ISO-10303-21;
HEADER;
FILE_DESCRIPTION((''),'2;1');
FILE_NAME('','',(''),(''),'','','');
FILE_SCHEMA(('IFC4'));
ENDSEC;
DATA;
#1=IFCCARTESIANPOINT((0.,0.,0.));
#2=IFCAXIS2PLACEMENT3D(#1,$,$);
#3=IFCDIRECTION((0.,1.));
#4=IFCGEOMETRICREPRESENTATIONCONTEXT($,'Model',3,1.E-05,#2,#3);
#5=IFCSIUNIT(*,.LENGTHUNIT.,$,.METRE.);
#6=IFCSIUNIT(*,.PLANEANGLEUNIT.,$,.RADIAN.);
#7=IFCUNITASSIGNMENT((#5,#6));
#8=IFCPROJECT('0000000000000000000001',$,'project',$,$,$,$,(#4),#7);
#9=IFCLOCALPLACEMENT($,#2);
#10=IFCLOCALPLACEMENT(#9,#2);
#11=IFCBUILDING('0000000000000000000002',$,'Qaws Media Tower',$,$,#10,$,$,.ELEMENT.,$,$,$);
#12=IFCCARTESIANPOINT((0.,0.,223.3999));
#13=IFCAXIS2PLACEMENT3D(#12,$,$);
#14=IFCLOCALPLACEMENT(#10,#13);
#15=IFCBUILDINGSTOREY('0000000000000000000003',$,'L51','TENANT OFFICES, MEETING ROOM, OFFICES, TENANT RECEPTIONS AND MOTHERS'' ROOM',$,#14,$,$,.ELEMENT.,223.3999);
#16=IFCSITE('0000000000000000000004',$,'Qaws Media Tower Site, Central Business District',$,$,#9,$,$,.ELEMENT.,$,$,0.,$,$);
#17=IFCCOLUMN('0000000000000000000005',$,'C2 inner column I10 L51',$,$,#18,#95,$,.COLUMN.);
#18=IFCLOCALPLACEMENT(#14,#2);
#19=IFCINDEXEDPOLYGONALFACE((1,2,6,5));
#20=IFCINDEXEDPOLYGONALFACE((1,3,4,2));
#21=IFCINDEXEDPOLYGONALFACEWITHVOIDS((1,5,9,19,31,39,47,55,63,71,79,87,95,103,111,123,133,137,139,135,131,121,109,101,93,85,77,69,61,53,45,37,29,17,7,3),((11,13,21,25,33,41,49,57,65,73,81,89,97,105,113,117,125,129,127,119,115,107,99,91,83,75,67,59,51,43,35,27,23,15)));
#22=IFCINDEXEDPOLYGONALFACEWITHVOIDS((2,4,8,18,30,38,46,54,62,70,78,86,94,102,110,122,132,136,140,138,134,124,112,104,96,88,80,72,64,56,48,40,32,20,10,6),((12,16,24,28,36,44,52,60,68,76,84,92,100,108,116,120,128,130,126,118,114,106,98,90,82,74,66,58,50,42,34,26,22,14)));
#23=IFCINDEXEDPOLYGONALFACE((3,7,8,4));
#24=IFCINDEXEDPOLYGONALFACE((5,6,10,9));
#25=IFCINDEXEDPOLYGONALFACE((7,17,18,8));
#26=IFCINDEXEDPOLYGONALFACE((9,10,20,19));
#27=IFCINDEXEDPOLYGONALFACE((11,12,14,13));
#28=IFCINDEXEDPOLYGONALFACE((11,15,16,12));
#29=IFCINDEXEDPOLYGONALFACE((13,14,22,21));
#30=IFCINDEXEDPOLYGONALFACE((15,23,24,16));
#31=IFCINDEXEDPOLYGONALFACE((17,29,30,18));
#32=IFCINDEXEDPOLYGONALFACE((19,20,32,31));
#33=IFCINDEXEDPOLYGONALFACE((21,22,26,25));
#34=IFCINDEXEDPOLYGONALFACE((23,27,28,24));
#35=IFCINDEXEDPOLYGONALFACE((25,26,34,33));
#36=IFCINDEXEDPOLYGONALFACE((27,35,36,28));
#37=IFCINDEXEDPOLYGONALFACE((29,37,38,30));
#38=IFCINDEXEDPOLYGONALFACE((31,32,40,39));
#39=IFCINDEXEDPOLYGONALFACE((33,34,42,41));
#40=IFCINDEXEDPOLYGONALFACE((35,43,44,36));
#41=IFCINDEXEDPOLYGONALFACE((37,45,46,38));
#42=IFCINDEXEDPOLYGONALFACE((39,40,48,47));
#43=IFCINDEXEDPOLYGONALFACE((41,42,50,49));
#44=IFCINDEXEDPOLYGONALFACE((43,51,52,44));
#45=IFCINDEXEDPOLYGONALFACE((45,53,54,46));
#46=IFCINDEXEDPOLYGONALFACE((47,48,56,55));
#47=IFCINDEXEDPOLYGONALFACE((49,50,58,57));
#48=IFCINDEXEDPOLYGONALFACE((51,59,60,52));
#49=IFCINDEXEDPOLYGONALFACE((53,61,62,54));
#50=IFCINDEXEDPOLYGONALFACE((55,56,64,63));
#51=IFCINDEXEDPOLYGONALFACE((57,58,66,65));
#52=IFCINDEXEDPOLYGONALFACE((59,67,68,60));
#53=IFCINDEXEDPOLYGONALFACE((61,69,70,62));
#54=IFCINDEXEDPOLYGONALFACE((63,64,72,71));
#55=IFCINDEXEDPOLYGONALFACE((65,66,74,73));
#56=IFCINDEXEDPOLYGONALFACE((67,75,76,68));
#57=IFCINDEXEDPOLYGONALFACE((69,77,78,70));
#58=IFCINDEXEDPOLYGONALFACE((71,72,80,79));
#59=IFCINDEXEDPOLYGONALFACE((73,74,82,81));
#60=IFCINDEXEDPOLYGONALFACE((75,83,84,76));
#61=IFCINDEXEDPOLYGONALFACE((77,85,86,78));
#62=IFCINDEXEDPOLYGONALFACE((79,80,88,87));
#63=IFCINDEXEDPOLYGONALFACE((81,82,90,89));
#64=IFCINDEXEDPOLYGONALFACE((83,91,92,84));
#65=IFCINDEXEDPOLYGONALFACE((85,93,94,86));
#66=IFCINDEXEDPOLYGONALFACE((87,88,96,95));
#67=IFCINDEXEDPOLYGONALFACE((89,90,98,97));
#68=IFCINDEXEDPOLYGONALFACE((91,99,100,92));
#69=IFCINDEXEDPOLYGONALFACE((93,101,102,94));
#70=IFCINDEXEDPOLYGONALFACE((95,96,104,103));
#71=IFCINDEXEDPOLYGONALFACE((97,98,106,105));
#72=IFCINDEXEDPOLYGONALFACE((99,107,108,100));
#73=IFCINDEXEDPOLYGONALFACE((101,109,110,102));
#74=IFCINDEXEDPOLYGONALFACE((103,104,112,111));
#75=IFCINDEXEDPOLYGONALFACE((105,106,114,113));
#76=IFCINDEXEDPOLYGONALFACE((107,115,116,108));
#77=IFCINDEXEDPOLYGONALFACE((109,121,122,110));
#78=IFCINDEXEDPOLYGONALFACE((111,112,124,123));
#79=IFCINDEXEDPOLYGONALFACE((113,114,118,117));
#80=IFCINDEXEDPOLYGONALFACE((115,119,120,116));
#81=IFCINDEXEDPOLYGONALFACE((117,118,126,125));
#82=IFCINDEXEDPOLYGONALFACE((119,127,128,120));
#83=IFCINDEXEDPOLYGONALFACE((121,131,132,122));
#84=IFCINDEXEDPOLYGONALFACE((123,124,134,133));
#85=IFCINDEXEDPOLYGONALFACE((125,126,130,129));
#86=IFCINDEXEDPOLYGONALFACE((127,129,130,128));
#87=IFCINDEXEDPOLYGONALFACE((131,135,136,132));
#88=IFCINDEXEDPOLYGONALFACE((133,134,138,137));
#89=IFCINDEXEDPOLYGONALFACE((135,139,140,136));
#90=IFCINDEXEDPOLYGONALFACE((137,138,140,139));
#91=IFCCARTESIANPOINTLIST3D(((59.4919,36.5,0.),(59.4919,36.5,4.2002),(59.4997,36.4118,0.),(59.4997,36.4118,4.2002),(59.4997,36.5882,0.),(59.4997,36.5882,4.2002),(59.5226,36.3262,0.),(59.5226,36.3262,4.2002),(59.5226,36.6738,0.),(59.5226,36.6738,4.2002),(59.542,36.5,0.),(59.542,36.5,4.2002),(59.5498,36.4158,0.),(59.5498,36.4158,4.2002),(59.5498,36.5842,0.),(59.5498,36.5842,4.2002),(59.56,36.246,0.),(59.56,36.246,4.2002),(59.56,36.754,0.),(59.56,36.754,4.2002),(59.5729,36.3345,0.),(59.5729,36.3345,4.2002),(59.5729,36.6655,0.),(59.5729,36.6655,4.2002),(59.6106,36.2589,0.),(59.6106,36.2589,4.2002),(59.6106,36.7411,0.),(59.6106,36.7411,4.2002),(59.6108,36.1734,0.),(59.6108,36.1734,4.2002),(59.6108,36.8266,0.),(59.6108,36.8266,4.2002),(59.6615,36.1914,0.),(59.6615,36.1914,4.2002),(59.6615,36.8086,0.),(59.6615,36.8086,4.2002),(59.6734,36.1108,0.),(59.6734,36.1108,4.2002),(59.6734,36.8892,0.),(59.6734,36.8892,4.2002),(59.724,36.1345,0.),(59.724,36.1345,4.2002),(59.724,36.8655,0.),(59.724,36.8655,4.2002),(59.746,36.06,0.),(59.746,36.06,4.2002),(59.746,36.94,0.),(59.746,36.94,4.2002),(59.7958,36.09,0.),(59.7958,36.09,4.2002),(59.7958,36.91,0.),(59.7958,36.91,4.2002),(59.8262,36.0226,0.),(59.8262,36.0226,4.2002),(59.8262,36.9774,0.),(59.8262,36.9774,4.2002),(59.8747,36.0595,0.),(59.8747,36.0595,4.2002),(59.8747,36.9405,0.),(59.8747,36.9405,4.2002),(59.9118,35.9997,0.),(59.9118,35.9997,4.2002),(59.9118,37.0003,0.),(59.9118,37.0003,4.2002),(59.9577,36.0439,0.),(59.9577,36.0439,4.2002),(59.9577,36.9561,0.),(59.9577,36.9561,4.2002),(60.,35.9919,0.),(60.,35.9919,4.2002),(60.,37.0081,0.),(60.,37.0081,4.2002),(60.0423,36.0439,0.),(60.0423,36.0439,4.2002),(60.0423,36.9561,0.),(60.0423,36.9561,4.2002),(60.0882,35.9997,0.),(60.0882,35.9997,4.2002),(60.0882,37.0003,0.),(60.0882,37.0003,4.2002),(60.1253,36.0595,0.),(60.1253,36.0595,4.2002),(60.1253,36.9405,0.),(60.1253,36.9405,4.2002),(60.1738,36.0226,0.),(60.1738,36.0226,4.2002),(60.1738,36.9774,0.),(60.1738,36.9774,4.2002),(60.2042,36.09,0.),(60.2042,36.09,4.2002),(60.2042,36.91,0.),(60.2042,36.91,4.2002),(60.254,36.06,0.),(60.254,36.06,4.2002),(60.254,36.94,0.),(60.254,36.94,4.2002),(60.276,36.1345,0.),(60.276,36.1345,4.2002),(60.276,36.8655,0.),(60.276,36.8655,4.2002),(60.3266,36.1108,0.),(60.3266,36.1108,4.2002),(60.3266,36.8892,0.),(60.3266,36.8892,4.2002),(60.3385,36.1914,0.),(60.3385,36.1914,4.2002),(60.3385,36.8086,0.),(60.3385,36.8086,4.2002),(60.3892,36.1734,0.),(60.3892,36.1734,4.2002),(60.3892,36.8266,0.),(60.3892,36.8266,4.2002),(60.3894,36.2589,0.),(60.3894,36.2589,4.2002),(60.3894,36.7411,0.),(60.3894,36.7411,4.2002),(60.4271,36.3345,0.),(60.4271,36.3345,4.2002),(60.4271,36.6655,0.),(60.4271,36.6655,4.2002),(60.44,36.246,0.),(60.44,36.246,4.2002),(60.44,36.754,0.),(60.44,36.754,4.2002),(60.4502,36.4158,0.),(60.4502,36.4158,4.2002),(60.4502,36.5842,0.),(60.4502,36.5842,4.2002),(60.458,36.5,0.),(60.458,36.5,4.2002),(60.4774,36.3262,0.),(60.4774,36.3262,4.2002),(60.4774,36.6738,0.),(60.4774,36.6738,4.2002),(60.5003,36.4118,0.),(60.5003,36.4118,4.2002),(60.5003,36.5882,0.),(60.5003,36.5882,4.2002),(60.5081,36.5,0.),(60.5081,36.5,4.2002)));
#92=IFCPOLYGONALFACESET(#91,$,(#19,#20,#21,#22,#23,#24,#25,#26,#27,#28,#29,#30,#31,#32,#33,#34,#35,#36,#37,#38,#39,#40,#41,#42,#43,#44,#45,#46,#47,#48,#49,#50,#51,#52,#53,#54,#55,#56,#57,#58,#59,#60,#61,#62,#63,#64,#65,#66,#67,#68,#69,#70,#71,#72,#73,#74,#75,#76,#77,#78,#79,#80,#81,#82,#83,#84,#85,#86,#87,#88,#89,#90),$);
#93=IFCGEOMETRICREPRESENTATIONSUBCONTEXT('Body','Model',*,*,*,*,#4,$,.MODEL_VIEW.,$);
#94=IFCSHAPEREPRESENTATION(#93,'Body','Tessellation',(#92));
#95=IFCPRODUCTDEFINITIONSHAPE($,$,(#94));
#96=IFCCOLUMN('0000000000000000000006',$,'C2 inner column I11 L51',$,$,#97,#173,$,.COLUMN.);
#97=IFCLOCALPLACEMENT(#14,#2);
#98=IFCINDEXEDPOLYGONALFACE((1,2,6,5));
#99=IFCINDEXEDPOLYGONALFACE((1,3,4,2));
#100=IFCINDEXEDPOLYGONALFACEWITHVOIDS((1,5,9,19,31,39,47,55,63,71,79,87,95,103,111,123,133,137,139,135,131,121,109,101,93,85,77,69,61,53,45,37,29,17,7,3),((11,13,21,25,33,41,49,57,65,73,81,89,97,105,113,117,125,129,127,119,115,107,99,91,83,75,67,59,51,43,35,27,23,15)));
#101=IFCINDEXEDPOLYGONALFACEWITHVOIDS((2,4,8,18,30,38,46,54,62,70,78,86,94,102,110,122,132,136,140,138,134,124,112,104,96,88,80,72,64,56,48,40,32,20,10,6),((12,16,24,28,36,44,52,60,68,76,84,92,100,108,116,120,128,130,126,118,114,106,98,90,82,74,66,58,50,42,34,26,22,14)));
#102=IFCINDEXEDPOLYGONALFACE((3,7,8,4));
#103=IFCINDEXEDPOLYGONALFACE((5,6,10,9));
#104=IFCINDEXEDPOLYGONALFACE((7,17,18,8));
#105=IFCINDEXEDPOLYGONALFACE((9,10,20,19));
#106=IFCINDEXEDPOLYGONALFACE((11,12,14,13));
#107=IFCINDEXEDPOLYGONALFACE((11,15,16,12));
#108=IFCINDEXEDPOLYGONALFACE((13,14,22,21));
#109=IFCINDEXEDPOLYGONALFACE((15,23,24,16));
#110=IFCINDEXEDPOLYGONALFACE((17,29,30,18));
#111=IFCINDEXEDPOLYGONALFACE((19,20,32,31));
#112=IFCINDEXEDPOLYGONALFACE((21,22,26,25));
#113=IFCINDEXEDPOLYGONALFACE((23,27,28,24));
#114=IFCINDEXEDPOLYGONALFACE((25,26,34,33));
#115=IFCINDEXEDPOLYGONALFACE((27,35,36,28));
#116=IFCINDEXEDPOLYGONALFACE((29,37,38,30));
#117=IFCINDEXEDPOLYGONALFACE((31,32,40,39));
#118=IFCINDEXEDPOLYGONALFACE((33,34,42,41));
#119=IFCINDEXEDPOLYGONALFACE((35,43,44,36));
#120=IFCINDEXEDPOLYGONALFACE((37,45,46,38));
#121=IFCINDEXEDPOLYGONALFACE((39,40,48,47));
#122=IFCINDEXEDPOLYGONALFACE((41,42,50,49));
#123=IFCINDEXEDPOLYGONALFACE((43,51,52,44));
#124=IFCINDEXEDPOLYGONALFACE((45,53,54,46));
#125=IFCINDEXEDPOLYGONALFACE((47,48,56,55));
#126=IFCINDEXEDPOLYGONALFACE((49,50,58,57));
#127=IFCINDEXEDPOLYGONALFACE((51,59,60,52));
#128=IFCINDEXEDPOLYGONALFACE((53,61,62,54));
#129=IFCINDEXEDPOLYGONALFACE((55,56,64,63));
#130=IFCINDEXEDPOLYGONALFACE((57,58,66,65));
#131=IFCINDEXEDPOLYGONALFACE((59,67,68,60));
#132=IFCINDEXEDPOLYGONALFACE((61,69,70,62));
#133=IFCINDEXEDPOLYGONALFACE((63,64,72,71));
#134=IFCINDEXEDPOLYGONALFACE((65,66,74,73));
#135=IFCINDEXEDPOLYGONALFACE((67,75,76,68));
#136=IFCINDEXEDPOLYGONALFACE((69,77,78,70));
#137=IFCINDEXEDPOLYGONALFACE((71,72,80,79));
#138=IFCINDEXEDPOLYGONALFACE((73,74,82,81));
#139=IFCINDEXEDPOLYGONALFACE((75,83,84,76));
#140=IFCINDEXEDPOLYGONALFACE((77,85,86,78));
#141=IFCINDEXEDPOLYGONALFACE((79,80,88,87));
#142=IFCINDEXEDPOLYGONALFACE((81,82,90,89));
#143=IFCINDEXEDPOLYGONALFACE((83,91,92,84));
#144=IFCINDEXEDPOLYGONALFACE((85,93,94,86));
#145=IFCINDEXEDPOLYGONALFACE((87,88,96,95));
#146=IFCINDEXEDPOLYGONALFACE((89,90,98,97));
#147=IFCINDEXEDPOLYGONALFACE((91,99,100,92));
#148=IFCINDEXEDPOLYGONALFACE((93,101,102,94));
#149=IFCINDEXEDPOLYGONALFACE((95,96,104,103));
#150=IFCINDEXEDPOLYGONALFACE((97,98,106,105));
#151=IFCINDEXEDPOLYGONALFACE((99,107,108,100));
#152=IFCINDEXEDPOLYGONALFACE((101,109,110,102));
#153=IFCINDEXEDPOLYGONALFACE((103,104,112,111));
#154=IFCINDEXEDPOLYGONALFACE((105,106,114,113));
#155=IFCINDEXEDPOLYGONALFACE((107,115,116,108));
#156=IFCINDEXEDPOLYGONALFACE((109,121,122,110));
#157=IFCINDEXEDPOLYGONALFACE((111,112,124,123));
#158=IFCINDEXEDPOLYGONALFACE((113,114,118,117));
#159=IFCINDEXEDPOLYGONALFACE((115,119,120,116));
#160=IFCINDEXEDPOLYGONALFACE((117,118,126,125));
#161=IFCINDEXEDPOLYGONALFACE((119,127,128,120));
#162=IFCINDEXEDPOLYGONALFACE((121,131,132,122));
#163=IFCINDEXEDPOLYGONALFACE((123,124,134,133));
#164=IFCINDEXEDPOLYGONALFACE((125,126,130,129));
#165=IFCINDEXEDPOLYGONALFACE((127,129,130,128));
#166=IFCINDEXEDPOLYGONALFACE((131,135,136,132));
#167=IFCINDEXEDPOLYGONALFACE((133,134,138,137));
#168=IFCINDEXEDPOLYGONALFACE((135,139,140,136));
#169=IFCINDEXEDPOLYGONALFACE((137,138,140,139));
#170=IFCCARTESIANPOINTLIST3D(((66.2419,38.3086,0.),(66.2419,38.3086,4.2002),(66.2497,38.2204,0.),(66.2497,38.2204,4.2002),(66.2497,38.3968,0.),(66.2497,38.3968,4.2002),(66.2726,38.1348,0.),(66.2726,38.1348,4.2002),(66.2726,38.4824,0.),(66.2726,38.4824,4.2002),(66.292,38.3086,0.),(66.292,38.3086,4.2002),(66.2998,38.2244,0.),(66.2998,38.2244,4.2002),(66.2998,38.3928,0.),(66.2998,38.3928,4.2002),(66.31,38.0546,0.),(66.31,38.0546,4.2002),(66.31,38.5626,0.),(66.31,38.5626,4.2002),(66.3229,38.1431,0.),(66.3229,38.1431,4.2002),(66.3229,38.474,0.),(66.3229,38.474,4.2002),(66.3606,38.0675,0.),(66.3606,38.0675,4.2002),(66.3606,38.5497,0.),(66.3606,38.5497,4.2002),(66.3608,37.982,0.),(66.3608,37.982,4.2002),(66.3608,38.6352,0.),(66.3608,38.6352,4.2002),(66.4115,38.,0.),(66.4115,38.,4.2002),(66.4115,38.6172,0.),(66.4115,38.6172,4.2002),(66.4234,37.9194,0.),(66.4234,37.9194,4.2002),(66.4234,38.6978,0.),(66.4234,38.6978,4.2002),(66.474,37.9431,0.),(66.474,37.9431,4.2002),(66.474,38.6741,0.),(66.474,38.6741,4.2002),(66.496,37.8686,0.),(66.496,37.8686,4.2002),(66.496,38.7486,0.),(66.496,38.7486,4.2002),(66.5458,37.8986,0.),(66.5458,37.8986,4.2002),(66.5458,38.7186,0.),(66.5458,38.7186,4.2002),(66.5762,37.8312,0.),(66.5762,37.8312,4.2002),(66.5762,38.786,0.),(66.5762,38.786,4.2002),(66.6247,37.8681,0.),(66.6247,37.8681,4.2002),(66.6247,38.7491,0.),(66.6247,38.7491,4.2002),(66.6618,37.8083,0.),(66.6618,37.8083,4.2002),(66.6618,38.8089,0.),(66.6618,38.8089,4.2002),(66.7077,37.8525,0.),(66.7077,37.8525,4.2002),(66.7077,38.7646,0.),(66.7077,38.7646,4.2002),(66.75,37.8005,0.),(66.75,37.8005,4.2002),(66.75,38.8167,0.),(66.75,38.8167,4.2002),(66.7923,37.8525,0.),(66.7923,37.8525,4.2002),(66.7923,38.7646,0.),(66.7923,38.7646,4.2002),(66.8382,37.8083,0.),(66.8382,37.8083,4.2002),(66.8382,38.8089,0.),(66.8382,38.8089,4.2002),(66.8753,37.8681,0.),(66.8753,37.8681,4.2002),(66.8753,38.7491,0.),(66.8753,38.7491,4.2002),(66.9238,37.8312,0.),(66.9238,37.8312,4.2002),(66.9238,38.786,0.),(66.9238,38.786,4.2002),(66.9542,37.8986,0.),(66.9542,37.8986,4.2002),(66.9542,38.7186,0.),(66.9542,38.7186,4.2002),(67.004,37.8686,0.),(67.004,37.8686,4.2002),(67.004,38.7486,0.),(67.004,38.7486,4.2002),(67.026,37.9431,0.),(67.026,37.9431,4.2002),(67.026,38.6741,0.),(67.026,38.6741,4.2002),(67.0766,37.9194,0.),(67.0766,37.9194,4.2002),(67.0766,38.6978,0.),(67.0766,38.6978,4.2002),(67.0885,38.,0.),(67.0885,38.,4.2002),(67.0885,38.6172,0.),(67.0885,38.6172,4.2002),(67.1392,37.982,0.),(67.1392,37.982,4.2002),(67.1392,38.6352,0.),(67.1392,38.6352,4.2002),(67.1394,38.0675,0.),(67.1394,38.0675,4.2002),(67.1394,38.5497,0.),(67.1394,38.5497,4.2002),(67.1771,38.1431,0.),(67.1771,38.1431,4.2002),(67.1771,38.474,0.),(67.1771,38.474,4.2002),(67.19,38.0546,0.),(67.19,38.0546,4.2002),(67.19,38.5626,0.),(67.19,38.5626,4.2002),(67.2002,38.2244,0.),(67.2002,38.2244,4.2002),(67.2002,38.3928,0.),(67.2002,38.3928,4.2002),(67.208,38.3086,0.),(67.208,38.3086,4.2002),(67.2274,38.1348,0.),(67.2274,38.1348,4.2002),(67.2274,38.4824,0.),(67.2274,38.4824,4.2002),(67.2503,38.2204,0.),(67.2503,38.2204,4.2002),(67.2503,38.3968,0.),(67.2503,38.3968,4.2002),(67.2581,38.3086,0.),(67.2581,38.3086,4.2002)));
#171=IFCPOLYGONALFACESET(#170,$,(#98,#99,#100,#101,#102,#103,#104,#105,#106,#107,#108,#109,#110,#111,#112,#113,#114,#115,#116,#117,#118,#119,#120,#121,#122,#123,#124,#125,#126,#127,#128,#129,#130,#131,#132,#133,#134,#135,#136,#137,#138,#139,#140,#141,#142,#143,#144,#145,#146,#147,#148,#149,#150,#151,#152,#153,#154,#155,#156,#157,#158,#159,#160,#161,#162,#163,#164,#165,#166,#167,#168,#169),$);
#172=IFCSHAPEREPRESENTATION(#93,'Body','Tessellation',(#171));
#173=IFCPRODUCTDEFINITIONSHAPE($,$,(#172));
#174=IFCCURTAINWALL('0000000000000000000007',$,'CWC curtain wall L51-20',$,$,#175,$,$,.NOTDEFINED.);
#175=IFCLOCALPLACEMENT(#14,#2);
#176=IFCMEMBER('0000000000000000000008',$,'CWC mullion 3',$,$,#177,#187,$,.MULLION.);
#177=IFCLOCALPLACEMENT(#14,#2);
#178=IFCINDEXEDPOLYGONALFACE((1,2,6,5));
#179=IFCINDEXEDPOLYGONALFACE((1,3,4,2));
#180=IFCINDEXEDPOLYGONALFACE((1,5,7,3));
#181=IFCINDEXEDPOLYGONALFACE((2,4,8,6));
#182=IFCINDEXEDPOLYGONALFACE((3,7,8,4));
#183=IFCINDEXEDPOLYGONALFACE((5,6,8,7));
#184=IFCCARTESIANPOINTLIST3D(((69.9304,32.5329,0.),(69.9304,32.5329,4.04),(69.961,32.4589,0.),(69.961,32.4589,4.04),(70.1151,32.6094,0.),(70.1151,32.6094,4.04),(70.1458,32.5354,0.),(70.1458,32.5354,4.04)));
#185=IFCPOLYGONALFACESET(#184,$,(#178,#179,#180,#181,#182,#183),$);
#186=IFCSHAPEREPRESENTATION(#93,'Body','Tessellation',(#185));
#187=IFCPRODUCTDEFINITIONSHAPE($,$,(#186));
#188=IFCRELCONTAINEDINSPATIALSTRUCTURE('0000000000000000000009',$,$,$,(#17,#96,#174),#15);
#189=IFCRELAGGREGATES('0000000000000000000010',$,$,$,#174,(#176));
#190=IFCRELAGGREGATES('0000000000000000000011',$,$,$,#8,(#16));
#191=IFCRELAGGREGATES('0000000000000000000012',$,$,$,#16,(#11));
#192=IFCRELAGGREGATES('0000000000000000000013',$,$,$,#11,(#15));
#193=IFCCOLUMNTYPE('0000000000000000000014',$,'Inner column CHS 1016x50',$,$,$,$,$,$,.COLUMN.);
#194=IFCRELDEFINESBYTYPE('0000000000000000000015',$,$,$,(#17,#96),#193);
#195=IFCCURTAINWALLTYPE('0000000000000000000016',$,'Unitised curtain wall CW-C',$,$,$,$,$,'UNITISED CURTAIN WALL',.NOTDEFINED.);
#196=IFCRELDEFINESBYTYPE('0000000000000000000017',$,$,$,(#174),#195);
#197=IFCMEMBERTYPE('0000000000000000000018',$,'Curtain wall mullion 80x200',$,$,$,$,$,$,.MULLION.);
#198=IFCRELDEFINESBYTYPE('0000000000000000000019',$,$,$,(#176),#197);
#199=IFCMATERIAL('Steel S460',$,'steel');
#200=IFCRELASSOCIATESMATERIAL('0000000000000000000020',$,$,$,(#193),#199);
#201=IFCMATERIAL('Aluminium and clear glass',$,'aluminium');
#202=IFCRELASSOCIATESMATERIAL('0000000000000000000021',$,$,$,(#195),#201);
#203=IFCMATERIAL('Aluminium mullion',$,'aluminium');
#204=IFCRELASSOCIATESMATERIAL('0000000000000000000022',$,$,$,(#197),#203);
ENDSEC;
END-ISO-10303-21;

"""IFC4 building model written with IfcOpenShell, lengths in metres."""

from ifc_helpers import new_model, si_unit, direction, frame, origin, origin_2d, place, context, subcontext, project, spatial, rectangle, hollow_circle, extrude, material, material_profile, profile_set, type_object, element, aggregate, save


model = new_model("IFC4")

# Units and contexts
model_context = context("Model", 3, precision=1e-05, world=origin(), true_north=direction((0.0, 1.0)))
body_context = subcontext(model_context, "Body", "Model", "MODEL_VIEW")
ifc_project = project(units=[si_unit("LENGTHUNIT", "METRE"), si_unit("PLANEANGLEUNIT", "RADIAN")], contexts=[model_context])

# Site, building, storey
site_placement = place(None, origin())
site = spatial("IfcSite", under=ifc_project, at=site_placement, Name="Qaws Media Tower Site, Central Business District", CompositionType="ELEMENT", RefElevation=0.0)
building_placement = place(site_placement, origin())
building = spatial("IfcBuilding", under=site, at=building_placement, Name="Qaws Media Tower", CompositionType="ELEMENT")
storey_placement = place(building_placement, frame((0.0, 0.0, 223.3999)))
storey = spatial("IfcBuildingStorey", under=building, at=storey_placement, Name="L51", Description="TENANT OFFICES, MEETING ROOM, OFFICES, TENANT RECEPTIONS AND MOTHERS' ROOM", CompositionType="ELEMENT", Elevation=223.3999)

# Columns
ifc_material_1 = material(Name="Steel S460", Category="steel")
ifc_material_profile_1 = material_profile(ifc_material_1, hollow_circle(Radius=0.5081, WallThickness=0.05, at=origin_2d()), Name="CHS 1016x50")
ifc_profile_set_1 = profile_set([ifc_material_profile_1], Name="Steel S460")
column_type = type_object("IfcColumnType", Name="Inner column CHS 1016x50", PredefinedType="COLUMN", material=ifc_profile_set_1)
for number, where, z_axis, x_axis, name in (
    (1, (60.0, 36.5, 0.0), (0.0, 0.0, 1.0), (1.0, 0.0, 0.0), "C2 inner column I10 L51"),
    (2, (66.75, 38.3086, 0.0), (0.0, 0.0, 1.0), (1.0, 0.0, 0.0), "C2 inner column I11 L51"),
):
    element("IfcColumn", number, at=place(storey_placement, frame(where, z_axis=z_axis, x_axis=x_axis)), inside=storey, type_object=column_type, Name=name, PredefinedType="COLUMN", context=body_context, shape_type="SweptSolid", body=[
        extrude(hollow_circle(Radius=0.5081, WallThickness=0.05, at=origin_2d()), origin(), (0.0, 0.0, 1.0), 4.2002),
    ])

# Curtain wall, member
ifc_material_2 = material(Name="Aluminium and clear glass", Category="aluminium")
curtain_wall_type = type_object("IfcCurtainWallType", Name="Unitised curtain wall CW-C", ElementType="UNITISED CURTAIN WALL", PredefinedType="NOTDEFINED", material=ifc_material_2)
curtain_wall_placement = place(storey_placement, origin())
curtain_wall = element("IfcCurtainWall", 3, at=curtain_wall_placement, inside=storey, type_object=curtain_wall_type, Name="CWC curtain wall L51-20", PredefinedType="NOTDEFINED")
ifc_material_3 = material(Name="Aluminium mullion", Category="aluminium")
ifc_material_profile_2 = material_profile(ifc_material_3, rectangle(XDim=0.0801, YDim=0.2, at=origin_2d()), Name="80x200")
ifc_profile_set_2 = profile_set([ifc_material_profile_2], Name="Aluminium mullion")
member_type = type_object("IfcMemberType", Name="Curtain wall mullion 80x200", PredefinedType="MULLION", material=ifc_profile_set_2)
member_placement = place(storey_placement, frame((70.0381, 32.5342, 0.0), z_axis=(0.0, 0.0, 1.0), x_axis=(-0.382683, 0.92388, 0.0)))
member = element("IfcMember", 4, at=member_placement, type_object=member_type, Name="CWC mullion 3", PredefinedType="MULLION", context=body_context, shape_type="SweptSolid", body=[
    extrude(rectangle(XDim=0.0801, YDim=0.2, at=origin_2d()), origin(), (0.0, 0.0, 1.0), 4.04),
])
aggregate(curtain_wall, [member])

save(model, "model.ifc")
